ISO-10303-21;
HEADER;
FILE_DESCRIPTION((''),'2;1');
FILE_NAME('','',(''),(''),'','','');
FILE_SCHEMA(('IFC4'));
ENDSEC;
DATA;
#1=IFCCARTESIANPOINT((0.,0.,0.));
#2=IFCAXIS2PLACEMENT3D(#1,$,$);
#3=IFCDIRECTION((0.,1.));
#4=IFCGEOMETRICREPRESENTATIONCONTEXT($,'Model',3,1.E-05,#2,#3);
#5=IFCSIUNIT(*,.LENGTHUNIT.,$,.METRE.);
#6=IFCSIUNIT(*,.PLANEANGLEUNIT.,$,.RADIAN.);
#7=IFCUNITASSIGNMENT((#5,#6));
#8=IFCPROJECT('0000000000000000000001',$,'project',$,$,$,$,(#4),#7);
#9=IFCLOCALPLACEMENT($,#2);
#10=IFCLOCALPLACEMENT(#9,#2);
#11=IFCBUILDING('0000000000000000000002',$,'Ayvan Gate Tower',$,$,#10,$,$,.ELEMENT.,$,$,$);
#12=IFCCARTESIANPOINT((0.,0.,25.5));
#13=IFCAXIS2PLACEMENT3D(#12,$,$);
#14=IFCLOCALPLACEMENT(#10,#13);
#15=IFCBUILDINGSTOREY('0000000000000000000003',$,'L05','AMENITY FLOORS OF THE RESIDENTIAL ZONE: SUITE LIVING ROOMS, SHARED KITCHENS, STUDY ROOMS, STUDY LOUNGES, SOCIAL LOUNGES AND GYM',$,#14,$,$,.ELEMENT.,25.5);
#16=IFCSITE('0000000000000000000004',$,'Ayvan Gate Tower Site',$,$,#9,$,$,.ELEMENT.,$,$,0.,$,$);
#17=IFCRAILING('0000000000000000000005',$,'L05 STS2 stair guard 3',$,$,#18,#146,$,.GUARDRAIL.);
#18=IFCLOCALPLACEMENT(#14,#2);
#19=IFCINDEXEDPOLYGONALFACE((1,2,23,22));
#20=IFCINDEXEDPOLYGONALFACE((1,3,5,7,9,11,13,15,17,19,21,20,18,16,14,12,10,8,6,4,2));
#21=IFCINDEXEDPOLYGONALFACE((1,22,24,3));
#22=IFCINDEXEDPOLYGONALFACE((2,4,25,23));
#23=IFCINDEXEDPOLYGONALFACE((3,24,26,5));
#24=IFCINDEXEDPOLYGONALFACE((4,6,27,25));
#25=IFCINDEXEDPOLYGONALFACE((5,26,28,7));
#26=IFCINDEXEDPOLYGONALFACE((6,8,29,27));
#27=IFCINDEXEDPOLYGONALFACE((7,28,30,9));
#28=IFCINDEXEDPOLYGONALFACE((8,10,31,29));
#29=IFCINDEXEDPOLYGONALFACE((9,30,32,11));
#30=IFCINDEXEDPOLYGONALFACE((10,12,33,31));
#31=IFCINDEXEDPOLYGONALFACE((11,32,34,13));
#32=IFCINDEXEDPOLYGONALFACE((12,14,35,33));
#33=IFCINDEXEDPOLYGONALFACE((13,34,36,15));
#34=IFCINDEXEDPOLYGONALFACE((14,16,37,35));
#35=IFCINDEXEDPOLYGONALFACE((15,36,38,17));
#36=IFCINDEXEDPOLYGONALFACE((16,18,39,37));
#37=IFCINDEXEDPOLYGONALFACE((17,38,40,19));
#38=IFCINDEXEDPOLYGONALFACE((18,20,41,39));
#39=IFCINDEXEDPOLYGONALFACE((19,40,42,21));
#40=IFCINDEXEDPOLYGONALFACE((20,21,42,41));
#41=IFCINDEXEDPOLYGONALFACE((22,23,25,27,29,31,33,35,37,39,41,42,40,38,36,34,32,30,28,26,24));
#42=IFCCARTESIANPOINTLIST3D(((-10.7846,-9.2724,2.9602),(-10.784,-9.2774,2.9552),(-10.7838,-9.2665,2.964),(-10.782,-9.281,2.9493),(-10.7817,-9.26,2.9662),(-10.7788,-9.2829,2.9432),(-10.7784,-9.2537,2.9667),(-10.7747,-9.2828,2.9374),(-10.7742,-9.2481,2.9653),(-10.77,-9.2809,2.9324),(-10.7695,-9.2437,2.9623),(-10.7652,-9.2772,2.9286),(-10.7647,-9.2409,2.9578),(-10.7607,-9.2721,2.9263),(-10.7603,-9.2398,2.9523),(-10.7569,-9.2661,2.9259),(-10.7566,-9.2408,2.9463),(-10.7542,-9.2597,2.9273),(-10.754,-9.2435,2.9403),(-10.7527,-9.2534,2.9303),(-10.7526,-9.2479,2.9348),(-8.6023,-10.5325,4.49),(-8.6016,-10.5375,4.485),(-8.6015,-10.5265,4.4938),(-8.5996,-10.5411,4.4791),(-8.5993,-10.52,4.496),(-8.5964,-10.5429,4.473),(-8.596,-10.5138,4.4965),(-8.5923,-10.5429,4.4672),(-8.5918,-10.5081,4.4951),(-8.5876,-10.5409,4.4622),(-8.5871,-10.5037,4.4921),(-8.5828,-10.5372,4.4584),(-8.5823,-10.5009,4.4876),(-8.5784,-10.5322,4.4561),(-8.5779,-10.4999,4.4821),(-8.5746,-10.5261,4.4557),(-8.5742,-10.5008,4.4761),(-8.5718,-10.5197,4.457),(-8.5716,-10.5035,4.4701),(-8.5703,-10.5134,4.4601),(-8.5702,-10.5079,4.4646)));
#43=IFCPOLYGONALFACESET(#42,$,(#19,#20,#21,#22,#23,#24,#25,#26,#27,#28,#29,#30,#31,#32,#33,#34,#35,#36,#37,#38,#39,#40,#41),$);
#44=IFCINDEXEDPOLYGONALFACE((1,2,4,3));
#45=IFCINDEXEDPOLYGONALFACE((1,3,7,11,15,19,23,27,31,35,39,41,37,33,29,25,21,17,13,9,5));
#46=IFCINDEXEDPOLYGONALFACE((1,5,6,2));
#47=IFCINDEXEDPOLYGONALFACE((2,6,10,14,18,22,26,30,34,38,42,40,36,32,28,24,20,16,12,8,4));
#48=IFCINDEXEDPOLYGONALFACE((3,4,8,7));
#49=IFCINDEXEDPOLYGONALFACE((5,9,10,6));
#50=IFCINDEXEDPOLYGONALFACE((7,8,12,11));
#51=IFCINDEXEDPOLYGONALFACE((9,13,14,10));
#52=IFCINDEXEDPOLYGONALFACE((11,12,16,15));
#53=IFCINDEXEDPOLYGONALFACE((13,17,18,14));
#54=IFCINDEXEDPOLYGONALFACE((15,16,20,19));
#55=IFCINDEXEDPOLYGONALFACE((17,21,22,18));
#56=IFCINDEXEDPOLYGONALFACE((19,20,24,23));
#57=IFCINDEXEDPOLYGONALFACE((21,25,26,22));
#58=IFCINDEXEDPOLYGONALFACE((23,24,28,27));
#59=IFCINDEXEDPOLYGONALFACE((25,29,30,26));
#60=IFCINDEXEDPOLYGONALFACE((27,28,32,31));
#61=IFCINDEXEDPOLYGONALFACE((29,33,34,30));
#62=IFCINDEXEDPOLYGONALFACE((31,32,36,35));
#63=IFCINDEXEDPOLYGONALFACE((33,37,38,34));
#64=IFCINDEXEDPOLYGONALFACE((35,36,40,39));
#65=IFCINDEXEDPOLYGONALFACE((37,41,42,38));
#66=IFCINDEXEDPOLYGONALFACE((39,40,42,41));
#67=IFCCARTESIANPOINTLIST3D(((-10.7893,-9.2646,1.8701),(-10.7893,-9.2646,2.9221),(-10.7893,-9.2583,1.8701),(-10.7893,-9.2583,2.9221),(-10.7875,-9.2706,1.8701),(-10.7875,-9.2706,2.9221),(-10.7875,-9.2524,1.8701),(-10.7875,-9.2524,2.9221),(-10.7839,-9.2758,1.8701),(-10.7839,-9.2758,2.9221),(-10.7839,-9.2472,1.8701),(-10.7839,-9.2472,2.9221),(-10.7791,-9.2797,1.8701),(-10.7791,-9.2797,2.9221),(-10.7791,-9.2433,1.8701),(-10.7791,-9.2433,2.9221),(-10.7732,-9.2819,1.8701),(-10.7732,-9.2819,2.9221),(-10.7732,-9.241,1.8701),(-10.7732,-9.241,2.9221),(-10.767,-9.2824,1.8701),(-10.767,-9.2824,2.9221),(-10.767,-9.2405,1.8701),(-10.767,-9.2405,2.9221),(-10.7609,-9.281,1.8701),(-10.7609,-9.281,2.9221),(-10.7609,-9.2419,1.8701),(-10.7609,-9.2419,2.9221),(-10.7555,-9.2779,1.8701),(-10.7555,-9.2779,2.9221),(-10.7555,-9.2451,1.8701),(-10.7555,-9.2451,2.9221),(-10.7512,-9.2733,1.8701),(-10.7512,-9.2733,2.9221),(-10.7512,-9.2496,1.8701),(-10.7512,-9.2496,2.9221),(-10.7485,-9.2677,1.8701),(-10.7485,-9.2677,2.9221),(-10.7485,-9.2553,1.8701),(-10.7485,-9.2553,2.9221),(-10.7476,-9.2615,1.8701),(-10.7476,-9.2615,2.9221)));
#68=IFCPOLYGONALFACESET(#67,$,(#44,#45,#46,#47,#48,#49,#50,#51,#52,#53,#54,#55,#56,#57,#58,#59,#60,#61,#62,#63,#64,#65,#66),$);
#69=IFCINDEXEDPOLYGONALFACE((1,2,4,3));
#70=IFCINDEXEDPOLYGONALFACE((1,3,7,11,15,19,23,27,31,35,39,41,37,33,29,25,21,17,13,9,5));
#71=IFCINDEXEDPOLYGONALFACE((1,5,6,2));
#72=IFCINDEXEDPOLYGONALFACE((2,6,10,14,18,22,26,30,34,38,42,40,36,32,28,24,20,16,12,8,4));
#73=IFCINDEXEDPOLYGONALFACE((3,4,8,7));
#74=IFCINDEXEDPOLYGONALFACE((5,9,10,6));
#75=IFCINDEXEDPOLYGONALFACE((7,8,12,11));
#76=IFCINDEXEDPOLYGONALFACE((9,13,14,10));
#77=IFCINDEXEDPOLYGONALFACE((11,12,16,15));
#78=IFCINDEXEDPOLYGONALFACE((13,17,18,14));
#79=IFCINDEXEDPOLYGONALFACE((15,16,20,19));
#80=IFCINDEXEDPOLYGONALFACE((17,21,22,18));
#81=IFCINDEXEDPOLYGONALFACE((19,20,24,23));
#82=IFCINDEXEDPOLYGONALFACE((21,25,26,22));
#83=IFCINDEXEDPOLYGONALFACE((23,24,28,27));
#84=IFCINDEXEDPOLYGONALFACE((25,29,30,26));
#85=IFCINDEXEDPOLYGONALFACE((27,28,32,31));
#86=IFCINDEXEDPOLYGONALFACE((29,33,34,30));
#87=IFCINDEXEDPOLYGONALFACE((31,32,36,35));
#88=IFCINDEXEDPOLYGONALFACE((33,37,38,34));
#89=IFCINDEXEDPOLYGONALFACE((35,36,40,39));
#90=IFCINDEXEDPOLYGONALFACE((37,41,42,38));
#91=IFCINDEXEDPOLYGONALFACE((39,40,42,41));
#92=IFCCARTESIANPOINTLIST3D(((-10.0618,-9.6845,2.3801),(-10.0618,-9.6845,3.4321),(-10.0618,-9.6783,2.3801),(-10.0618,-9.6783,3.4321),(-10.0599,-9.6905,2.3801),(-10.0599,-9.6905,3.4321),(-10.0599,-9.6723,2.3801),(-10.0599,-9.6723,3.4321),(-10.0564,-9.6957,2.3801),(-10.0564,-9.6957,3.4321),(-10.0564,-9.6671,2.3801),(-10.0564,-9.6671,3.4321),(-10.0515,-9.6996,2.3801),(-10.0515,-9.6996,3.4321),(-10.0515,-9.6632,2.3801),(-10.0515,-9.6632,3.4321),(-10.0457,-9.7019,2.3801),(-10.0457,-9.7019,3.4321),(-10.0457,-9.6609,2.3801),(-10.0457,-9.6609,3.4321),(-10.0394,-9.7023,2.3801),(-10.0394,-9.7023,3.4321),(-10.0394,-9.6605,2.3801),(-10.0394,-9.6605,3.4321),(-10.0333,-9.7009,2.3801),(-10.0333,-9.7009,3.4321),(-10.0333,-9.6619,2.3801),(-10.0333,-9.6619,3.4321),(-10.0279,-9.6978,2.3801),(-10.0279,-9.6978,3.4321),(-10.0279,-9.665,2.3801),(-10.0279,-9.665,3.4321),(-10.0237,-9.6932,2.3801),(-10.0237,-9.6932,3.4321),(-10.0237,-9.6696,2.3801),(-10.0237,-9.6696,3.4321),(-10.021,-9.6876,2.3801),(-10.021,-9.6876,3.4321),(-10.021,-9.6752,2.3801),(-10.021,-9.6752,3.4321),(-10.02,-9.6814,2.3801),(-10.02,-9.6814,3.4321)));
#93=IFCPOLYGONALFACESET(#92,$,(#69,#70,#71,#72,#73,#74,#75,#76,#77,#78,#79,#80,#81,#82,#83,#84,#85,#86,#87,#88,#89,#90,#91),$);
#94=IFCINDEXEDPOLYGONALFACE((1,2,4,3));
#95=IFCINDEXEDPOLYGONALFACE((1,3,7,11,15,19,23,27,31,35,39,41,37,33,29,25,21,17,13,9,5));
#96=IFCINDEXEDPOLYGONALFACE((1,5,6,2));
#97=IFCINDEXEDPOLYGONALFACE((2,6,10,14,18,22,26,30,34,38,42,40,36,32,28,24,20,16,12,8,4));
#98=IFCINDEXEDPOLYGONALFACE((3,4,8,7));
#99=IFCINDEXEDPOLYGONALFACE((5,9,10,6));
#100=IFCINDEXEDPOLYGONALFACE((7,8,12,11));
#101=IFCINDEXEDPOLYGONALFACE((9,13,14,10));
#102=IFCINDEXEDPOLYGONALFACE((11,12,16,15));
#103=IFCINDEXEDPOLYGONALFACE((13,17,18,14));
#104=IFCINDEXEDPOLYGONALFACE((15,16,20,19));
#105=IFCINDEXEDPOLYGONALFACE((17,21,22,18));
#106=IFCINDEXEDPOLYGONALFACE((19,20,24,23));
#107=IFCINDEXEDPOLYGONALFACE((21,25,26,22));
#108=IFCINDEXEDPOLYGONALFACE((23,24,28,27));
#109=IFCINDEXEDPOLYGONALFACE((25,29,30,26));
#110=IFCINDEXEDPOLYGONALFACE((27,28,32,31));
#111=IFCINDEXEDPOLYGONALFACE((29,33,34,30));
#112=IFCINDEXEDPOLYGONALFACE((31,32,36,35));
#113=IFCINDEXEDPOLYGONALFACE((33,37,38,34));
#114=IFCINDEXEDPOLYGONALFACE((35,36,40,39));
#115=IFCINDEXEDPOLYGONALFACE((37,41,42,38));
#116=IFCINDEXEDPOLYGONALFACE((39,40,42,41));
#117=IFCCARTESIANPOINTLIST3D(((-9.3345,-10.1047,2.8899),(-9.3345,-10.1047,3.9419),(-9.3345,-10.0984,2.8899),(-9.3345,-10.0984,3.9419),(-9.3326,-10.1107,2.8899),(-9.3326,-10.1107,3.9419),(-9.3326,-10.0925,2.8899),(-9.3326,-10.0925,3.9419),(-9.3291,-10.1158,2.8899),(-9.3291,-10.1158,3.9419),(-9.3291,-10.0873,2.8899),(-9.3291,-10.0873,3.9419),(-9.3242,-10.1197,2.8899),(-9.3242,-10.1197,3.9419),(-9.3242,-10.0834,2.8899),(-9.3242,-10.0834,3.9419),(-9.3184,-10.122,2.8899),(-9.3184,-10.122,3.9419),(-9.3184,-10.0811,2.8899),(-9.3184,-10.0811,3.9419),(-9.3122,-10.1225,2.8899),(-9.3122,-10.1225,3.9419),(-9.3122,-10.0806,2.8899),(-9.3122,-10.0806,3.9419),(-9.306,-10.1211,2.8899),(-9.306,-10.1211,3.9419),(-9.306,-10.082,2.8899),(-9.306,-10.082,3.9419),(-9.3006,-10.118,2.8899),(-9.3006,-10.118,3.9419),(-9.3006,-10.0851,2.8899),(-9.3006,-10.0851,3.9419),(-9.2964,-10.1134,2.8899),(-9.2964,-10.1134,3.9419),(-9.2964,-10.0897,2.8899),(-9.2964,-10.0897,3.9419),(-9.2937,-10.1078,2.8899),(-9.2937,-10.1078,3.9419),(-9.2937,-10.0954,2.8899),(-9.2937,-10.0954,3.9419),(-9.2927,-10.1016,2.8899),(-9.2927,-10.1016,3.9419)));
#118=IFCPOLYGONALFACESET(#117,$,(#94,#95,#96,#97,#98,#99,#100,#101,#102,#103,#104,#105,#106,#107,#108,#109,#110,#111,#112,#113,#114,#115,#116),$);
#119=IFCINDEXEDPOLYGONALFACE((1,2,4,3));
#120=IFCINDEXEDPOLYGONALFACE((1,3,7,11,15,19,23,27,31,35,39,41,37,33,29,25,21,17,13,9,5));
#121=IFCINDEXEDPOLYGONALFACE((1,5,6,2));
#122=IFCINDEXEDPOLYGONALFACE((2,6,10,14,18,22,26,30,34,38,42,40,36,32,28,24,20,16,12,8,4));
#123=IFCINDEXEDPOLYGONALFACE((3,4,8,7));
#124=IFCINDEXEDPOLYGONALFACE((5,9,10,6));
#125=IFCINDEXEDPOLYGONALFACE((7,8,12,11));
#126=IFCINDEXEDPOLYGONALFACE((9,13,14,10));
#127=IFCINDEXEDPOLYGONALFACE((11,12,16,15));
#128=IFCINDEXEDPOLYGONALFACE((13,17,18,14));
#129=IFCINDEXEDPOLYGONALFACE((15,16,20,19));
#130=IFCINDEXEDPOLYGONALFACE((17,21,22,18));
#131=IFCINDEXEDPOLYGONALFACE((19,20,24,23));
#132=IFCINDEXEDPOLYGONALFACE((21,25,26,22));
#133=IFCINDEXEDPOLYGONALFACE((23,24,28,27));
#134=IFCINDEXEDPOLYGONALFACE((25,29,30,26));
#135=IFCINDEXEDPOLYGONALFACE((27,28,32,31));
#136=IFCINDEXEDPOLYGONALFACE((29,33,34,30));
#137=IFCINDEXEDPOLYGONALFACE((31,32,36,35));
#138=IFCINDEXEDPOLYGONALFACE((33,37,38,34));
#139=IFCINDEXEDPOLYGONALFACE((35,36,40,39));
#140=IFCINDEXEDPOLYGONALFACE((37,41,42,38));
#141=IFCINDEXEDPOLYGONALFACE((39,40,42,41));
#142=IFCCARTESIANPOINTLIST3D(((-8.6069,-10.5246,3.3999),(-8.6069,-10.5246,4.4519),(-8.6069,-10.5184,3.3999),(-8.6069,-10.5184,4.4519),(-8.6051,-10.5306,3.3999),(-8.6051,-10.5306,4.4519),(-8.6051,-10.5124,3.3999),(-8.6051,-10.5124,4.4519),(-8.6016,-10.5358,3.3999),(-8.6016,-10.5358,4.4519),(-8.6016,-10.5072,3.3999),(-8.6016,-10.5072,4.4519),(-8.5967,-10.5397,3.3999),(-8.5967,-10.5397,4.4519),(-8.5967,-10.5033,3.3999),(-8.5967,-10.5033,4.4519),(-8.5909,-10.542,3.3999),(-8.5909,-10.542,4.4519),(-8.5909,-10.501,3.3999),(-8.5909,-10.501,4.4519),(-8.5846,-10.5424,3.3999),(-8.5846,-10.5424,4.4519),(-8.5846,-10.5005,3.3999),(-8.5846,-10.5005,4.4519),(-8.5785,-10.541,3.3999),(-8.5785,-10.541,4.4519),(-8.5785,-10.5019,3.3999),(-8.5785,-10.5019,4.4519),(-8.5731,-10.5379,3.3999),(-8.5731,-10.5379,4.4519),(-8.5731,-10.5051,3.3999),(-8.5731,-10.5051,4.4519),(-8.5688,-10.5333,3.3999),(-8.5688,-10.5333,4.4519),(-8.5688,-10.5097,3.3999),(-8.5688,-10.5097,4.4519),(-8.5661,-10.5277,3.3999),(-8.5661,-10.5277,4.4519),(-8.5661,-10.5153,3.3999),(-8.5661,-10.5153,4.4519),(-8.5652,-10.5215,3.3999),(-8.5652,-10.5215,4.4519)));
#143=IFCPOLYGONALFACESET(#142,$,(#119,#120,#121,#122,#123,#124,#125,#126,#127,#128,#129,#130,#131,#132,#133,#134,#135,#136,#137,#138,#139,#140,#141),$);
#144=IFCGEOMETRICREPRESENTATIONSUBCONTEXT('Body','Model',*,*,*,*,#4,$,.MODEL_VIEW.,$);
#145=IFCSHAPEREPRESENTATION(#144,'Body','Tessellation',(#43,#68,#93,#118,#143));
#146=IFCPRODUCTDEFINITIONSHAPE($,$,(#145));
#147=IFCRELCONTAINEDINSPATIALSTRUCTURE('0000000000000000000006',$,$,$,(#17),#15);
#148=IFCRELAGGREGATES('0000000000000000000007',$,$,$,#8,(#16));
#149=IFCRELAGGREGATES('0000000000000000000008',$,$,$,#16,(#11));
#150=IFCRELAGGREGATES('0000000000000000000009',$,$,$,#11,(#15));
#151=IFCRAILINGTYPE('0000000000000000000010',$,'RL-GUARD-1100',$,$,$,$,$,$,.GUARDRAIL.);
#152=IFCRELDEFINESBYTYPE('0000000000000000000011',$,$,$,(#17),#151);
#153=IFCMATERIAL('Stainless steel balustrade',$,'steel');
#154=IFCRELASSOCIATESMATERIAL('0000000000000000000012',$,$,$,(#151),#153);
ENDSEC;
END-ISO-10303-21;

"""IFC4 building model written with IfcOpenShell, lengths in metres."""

from ifc_helpers import new_model, si_unit, direction, frame, origin, origin_2d, place, context, subcontext, project, spatial, circle, extrude, material, type_object, element, save


model = new_model("IFC4")

# Units and contexts
model_context = context("Model", 3, precision=1e-05, world=origin(), true_north=direction((0.0, 1.0)))
body_context = subcontext(model_context, "Body", "Model", "MODEL_VIEW")
ifc_project = project(units=[si_unit("LENGTHUNIT", "METRE"), si_unit("PLANEANGLEUNIT", "RADIAN")], contexts=[model_context])

# Site, building, storey
site_placement = place(None, origin())
site = spatial("IfcSite", under=ifc_project, at=site_placement, Name="Ayvan Gate Tower Site", CompositionType="ELEMENT", RefElevation=0.0)
building_placement = place(site_placement, origin())
building = spatial("IfcBuilding", under=site, at=building_placement, Name="Ayvan Gate Tower", CompositionType="ELEMENT")
storey_placement = place(building_placement, frame((0.0, 0.0, 25.5)))
storey = spatial("IfcBuildingStorey", under=building, at=storey_placement, Name="L05", Description="AMENITY FLOORS OF THE RESIDENTIAL ZONE: SUITE LIVING ROOMS, SHARED KITCHENS, STUDY ROOMS, STUDY LOUNGES, SOCIAL LOUNGES AND GYM", CompositionType="ELEMENT", Elevation=25.5)

# Railing
ifc_material_1 = material(Name="Stainless steel balustrade", Category="steel")
railing_type_1 = type_object("IfcRailingType", Name="RL-GUARD-1100", PredefinedType="GUARDRAIL", material=ifc_material_1)
railing_1_placement = place(storey_placement, frame((-10.7686, -9.2615, 1.8701)))
element("IfcRailing", 1, at=railing_1_placement, inside=storey, type_object=railing_type_1, Name="L05 STS2 stair guard 3", PredefinedType="GUARDRAIL", context=body_context, shape_type="SweptSolid", body=[
    extrude(circle(Radius=0.0239, at=origin_2d()), frame((0.0, 0.0, 1.0762), z_axis=(0.740293, -0.427414, 0.518926), x_axis=(0.500005, 0.866023, 0.0)), (0.0, 0.0, 1.0), 2.948),
    extrude(circle(Radius=0.021, at=origin_2d()), origin(), (0.0, 0.0, 1.0), 1.052),
    extrude(circle(Radius=0.021, at=origin_2d()), frame((0.7275, -0.4199, 0.51)), (0.0, 0.0, 1.0), 1.052),
    extrude(circle(Radius=0.021, at=origin_2d()), frame((1.4548, -0.8401, 1.0198)), (0.0, 0.0, 1.0), 1.052),
    extrude(circle(Radius=0.021, at=origin_2d()), frame((2.1824, -1.26, 1.5298)), (0.0, 0.0, 1.0), 1.052),
])

save(model, "model.ifc")
